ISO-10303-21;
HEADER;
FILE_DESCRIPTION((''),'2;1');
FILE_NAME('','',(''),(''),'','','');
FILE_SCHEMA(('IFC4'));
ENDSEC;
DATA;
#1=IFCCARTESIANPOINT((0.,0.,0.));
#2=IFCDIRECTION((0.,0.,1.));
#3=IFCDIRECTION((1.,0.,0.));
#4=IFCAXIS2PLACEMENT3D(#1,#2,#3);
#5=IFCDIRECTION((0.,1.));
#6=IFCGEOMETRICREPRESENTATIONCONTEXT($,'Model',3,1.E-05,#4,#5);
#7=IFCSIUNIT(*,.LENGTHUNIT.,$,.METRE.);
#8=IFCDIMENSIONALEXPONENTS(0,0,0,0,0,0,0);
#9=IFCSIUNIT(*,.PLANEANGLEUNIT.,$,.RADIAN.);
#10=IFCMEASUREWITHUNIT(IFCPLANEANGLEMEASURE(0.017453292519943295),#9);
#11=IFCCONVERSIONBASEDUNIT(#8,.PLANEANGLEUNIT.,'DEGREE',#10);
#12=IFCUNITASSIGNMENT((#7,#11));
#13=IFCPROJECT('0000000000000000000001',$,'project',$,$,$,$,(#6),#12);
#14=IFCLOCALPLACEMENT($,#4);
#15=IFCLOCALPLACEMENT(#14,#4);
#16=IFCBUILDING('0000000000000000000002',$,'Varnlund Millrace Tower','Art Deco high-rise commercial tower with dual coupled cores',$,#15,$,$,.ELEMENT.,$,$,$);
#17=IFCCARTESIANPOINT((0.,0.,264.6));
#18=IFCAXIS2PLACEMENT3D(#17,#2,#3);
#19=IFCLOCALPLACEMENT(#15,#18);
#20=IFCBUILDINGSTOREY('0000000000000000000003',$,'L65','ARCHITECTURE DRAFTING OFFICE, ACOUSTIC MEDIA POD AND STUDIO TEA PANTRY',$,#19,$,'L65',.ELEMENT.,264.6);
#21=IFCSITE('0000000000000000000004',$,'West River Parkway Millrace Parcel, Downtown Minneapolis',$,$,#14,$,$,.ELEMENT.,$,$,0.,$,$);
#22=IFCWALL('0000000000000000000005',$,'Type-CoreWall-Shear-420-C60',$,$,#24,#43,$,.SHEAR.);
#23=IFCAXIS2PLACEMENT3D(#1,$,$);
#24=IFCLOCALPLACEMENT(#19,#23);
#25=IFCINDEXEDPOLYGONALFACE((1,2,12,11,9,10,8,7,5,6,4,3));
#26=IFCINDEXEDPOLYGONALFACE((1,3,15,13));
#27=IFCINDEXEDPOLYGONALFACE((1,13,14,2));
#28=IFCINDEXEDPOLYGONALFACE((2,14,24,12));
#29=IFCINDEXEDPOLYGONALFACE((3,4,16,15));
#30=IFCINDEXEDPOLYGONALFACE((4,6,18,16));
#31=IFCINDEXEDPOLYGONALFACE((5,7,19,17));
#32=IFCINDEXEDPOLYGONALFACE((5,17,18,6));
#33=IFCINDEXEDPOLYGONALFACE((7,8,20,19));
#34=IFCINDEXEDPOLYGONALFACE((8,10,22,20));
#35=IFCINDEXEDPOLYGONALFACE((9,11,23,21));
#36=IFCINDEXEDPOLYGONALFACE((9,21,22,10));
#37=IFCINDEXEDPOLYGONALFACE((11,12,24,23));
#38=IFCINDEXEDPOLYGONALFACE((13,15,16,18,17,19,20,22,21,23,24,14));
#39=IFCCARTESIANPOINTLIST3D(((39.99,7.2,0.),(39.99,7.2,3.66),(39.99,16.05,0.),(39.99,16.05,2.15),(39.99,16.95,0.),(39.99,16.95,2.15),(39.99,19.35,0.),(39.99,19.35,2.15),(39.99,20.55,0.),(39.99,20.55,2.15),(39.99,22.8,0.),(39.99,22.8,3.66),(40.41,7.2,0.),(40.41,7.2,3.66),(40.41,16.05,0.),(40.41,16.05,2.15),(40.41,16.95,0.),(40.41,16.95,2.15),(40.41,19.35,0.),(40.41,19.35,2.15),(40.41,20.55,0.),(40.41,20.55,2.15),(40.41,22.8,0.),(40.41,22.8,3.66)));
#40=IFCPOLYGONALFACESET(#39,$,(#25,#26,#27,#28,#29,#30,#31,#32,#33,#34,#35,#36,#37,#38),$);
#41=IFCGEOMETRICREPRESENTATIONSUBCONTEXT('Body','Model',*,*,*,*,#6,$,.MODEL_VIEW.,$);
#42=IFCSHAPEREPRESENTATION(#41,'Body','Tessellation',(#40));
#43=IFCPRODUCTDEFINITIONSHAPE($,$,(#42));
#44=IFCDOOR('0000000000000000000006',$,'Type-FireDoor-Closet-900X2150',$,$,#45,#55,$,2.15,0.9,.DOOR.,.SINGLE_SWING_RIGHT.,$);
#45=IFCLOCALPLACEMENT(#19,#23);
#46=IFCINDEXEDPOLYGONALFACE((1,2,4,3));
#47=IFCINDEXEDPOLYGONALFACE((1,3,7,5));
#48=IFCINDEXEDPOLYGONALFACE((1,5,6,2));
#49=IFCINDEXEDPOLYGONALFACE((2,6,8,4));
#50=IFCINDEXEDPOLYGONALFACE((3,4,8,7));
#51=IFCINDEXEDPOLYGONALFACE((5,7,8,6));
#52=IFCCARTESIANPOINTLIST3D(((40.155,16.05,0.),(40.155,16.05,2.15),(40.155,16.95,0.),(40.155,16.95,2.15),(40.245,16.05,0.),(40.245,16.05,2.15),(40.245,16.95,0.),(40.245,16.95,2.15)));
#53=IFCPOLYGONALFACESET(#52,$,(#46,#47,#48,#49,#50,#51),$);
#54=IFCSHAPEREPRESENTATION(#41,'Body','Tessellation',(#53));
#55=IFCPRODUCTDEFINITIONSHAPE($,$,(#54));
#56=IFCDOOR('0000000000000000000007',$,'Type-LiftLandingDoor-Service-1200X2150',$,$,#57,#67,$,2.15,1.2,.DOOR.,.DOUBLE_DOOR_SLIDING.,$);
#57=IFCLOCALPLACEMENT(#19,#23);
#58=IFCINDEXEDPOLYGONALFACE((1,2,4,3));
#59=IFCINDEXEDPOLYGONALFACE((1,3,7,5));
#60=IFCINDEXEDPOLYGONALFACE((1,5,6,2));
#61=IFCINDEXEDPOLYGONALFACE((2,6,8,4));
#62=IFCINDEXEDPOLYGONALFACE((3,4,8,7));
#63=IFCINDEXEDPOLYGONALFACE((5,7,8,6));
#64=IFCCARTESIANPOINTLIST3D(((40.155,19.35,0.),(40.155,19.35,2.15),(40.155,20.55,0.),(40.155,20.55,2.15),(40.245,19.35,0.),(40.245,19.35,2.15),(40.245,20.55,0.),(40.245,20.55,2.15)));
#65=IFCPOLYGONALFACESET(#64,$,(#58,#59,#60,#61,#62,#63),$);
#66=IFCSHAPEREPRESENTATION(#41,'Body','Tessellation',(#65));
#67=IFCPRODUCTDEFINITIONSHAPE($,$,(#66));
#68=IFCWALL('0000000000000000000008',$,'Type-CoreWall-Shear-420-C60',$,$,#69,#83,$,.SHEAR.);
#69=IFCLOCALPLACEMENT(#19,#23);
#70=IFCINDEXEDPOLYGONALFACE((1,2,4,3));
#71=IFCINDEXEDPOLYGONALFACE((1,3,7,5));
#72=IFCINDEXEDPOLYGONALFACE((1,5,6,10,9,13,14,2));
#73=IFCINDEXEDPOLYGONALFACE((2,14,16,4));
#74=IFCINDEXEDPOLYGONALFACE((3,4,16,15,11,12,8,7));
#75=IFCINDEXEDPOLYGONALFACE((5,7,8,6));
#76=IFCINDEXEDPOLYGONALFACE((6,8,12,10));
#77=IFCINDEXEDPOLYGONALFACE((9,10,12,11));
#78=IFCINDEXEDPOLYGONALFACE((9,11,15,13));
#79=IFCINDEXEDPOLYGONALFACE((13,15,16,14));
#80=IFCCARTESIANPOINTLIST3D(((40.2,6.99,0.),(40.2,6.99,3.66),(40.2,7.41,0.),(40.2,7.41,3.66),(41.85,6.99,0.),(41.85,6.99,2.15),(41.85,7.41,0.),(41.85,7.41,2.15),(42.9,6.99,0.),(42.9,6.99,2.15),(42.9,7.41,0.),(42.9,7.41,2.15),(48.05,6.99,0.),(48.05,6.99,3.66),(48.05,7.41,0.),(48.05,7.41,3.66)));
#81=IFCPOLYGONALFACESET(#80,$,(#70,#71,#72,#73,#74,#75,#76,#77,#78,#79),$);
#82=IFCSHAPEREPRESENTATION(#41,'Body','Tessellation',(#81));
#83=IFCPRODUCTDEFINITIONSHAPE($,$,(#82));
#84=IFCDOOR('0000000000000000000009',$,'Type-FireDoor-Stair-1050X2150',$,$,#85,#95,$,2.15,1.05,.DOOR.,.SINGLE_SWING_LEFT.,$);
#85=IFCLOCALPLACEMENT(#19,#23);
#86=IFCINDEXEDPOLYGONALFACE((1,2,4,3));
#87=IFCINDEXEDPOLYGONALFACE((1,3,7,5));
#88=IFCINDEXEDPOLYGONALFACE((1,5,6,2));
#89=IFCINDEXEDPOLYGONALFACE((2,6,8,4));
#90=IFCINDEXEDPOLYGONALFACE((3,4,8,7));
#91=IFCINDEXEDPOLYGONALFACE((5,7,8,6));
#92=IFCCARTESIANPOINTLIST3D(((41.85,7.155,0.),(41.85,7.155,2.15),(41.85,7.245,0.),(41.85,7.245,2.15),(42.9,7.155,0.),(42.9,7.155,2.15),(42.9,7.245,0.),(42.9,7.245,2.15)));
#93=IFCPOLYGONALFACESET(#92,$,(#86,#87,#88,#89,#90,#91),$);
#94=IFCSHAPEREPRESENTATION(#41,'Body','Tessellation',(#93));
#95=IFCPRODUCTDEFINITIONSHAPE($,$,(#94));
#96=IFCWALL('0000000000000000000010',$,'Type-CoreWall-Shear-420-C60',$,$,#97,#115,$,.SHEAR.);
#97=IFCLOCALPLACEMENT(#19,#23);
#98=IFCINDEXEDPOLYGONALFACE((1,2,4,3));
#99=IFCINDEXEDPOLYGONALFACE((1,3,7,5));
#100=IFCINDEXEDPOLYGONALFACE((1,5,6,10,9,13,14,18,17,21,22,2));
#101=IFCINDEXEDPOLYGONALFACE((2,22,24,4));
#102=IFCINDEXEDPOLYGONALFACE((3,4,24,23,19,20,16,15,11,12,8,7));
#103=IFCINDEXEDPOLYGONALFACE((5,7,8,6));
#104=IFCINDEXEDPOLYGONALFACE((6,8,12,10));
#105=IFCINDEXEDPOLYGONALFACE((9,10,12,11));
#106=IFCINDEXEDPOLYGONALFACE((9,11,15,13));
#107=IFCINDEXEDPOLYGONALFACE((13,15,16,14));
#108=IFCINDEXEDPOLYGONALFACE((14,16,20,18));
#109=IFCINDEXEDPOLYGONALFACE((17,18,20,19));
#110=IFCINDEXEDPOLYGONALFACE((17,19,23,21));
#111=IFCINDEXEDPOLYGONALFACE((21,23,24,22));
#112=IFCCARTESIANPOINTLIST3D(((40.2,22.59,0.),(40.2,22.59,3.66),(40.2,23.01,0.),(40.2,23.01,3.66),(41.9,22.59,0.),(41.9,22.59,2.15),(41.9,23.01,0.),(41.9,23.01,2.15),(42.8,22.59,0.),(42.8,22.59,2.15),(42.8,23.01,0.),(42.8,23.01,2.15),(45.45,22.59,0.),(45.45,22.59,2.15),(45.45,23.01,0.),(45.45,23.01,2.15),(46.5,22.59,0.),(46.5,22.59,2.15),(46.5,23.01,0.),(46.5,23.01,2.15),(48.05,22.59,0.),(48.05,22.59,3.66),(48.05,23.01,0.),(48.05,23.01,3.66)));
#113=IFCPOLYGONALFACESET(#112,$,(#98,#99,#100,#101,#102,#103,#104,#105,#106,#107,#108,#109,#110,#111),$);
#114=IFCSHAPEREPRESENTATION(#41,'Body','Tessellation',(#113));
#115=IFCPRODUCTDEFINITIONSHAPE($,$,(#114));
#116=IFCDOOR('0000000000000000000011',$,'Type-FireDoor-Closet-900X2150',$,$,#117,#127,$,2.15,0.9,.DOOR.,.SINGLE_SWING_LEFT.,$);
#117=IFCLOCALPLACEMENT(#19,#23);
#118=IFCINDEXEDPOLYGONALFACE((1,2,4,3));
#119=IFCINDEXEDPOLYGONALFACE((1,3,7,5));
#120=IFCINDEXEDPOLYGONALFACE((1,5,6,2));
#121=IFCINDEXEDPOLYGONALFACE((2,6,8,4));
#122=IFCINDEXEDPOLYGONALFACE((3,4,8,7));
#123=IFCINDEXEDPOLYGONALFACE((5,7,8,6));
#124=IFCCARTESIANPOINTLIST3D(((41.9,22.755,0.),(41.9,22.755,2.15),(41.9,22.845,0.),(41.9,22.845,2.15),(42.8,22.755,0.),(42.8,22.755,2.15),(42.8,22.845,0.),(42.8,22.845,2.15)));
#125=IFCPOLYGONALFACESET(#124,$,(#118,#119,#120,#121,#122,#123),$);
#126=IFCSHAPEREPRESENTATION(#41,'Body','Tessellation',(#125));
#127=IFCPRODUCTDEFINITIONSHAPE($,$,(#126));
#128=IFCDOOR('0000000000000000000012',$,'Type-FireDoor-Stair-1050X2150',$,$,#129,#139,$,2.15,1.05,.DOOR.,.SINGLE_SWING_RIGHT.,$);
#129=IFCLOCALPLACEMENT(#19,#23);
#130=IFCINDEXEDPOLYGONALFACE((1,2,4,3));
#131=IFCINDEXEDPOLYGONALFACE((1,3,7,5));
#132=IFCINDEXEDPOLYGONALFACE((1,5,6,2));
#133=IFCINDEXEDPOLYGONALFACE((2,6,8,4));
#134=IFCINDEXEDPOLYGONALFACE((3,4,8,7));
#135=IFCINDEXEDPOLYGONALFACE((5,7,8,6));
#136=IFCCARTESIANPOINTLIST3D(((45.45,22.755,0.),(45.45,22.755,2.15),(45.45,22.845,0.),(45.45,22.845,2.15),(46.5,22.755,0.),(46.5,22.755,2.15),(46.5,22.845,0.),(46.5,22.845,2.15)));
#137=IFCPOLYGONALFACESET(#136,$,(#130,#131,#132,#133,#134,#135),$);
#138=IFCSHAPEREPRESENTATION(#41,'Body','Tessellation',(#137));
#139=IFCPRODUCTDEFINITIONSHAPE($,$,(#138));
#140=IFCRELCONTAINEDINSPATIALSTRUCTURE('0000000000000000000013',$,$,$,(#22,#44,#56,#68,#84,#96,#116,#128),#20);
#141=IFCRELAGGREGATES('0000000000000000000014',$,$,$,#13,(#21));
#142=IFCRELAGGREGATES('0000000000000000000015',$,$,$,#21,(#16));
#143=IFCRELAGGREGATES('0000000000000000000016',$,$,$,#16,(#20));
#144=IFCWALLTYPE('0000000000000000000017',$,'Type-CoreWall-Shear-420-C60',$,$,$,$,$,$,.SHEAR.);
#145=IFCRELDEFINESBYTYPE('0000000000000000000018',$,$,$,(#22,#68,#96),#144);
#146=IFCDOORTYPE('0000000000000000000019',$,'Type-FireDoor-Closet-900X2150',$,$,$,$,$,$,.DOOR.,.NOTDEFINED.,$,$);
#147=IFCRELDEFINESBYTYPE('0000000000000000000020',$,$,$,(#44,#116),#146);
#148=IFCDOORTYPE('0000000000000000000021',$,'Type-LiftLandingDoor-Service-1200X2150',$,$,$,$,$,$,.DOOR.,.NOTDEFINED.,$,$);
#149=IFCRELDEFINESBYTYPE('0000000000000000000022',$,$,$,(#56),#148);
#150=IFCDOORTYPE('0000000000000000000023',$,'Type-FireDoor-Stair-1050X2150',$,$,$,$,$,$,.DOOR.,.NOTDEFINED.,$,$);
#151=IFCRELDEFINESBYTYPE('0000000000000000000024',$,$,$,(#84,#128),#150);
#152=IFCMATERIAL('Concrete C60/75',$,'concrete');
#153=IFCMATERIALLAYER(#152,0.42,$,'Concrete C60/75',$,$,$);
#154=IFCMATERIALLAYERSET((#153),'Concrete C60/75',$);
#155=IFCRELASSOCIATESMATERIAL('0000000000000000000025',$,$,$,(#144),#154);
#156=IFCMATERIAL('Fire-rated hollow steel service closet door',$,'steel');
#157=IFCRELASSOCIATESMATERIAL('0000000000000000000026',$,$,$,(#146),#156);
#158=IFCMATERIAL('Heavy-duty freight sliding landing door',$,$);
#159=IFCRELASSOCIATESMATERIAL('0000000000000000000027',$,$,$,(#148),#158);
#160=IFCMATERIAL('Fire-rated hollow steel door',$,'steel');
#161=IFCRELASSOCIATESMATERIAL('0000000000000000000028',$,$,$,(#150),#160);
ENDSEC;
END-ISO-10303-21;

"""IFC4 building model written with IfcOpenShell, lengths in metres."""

from ifc_helpers import new_model, entity, si_unit, converted_unit, direction, frame, origin_with_axes, origin_2d_with_axis, place, context, subcontext, project, spatial, polyline, rectangle, outline, extrude, material, layer, layer_set, type_object, element, fill, save


model = new_model("IFC4")

# Units and contexts
model_context = context("Model", 3, precision=1e-05, world=origin_with_axes(), true_north=direction((0.0, 1.0)))
body_context = subcontext(model_context, "Body", "Model", "MODEL_VIEW")
ifc_project = project(units=[si_unit("LENGTHUNIT", "METRE"), converted_unit("PLANEANGLEUNIT", "DEGREE", entity("IfcPlaneAngleMeasure", 0.017453292519943295), si_unit("PLANEANGLEUNIT", "RADIAN"), dimensions=[0, 0, 0, 0, 0, 0, 0])], contexts=[model_context])

# Site, building, storey
site_placement = place(None, origin_with_axes())
site = spatial("IfcSite", under=ifc_project, at=site_placement, Name="West River Parkway Millrace Parcel, Downtown Minneapolis", CompositionType="ELEMENT", RefElevation=0.0)
building_placement = place(site_placement, origin_with_axes())
building = spatial("IfcBuilding", under=site, at=building_placement, Name="Varnlund Millrace Tower", Description="Art Deco high-rise commercial tower with dual coupled cores", CompositionType="ELEMENT")
storey_placement = place(building_placement, frame((0.0, 0.0, 264.6), z_axis=(0.0, 0.0, 1.0), x_axis=(1.0, 0.0, 0.0)))
storey = spatial("IfcBuildingStorey", under=building, at=storey_placement, Name="L65", Description="ARCHITECTURE DRAFTING OFFICE, ACOUSTIC MEDIA POD AND STUDIO TEA PANTRY", LongName="L65", CompositionType="ELEMENT", Elevation=264.6)

# Wall, openings, doors
ifc_material_1 = material(Name="Concrete C60/75", Category="concrete")
ifc_layer_1 = layer(ifc_material_1, 0.42, Name="Concrete C60/75")
ifc_layer_set_1 = layer_set([ifc_layer_1], Name="Concrete C60/75")
wall_type_1 = type_object("IfcWallType", Name="Type-CoreWall-Shear-420-C60", PredefinedType="SHEAR", material=ifc_layer_set_1)
wall_1_placement = place(storey_placement, frame((40.2, 7.2, 0.0), z_axis=(0.0, 0.0, 1.0), x_axis=(0.0, 1.0, 0.0)))
wall_1 = element("IfcWall", 1, at=wall_1_placement, inside=storey, type_object=wall_type_1, Name="Type-CoreWall-Shear-420-C60", PredefinedType="SHEAR", context=body_context, shape_type="SweptSolid", body=[
    extrude(outline(polyline([(0.0, -0.21), (15.6, -0.21), (15.6, 0.21), (0.0, 0.21), (0.0, -0.21)])), origin_with_axes(), (0.0, 0.0, 1.0), 3.66),
])
opening_1_placement = place(wall_1_placement, frame((12.75, 0.0, 0.0), z_axis=(0.0, 0.0, 1.0), x_axis=(1.0, 0.0, 0.0)))
opening_1 = element("IfcOpeningElement", 2, at=opening_1_placement, cuts=wall_1, PredefinedType="OPENING", context=body_context, shape_type="SweptSolid", body=[
    extrude(rectangle(XDim=1.2, YDim=0.44, at=origin_2d_with_axis()), origin_with_axes(), (0.0, 0.0, 1.0), 2.15),
])
opening_2_placement = place(wall_1_placement, frame((9.3, 0.0, 0.0), z_axis=(0.0, 0.0, 1.0), x_axis=(1.0, 0.0, 0.0)))
opening_2 = element("IfcOpeningElement", 3, at=opening_2_placement, cuts=wall_1, PredefinedType="OPENING", context=body_context, shape_type="SweptSolid", body=[
    extrude(rectangle(XDim=0.9, YDim=0.44, at=origin_2d_with_axis()), origin_with_axes(), (0.0, 0.0, 1.0), 2.15),
])
ifc_material_2 = material(Name="Fire-rated hollow steel service closet door", Category="steel")
door_type_1 = type_object("IfcDoorType", Name="Type-FireDoor-Closet-900X2150", OperationType="NOTDEFINED", PredefinedType="DOOR", material=ifc_material_2)
door_1_placement = place(wall_1_placement, frame((9.3, 0.0, 0.0), z_axis=(0.0, 0.0, 1.0), x_axis=(1.0, 0.0, 0.0)))
door_1 = element("IfcDoor", 4, at=door_1_placement, inside=storey, type_object=door_type_1, Name="Type-FireDoor-Closet-900X2150", OperationType="SINGLE_SWING_RIGHT", OverallHeight=2.15, OverallWidth=0.9, PredefinedType="DOOR", context=body_context, shape_type="SweptSolid", body=[
    extrude(rectangle(XDim=0.9, YDim=0.09, at=origin_2d_with_axis()), origin_with_axes(), (0.0, 0.0, 1.0), 2.15),
])
fill(opening_2, door_1)
ifc_material_3 = material(Name="Heavy-duty freight sliding landing door")
door_type_2 = type_object("IfcDoorType", Name="Type-LiftLandingDoor-Service-1200X2150", OperationType="NOTDEFINED", PredefinedType="DOOR", material=ifc_material_3)
door_2_placement = place(wall_1_placement, frame((12.75, 0.0, 0.0), z_axis=(0.0, 0.0, 1.0), x_axis=(1.0, 0.0, 0.0)))
door_2 = element("IfcDoor", 5, at=door_2_placement, inside=storey, type_object=door_type_2, Name="Type-LiftLandingDoor-Service-1200X2150", OperationType="DOUBLE_DOOR_SLIDING", OverallHeight=2.15, OverallWidth=1.2, PredefinedType="DOOR", context=body_context, shape_type="SweptSolid", body=[
    extrude(rectangle(XDim=1.2, YDim=0.09, at=origin_2d_with_axis()), origin_with_axes(), (0.0, 0.0, 1.0), 2.15),
])
fill(opening_1, door_2)

# Wall, opening, door
wall_2_placement = place(storey_placement, frame((40.2, 7.2, 0.0), z_axis=(0.0, 0.0, 1.0), x_axis=(1.0, 0.0, 0.0)))
wall_2 = element("IfcWall", 6, at=wall_2_placement, inside=storey, type_object=wall_type_1, Name="Type-CoreWall-Shear-420-C60", PredefinedType="SHEAR", context=body_context, shape_type="SweptSolid", body=[
    extrude(outline(polyline([(0.0, -0.21), (7.85, -0.21), (7.85, 0.21), (0.0, 0.21), (0.0, -0.21)])), origin_with_axes(), (0.0, 0.0, 1.0), 3.66),
])
opening_3_placement = place(wall_2_placement, frame((2.175, 0.0, 0.0), z_axis=(0.0, 0.0, 1.0), x_axis=(1.0, 0.0, 0.0)))
opening_3 = element("IfcOpeningElement", 7, at=opening_3_placement, cuts=wall_2, PredefinedType="OPENING", context=body_context, shape_type="SweptSolid", body=[
    extrude(rectangle(XDim=1.05, YDim=0.44, at=origin_2d_with_axis()), origin_with_axes(), (0.0, 0.0, 1.0), 2.15),
])
ifc_material_4 = material(Name="Fire-rated hollow steel door", Category="steel")
door_type_3 = type_object("IfcDoorType", Name="Type-FireDoor-Stair-1050X2150", OperationType="NOTDEFINED", PredefinedType="DOOR", material=ifc_material_4)
door_3_placement = place(wall_2_placement, frame((2.175, 0.0, 0.0), z_axis=(0.0, 0.0, 1.0), x_axis=(1.0, 0.0, 0.0)))
door_3 = element("IfcDoor", 8, at=door_3_placement, inside=storey, type_object=door_type_3, Name="Type-FireDoor-Stair-1050X2150", OperationType="SINGLE_SWING_LEFT", OverallHeight=2.15, OverallWidth=1.05, PredefinedType="DOOR", context=body_context, shape_type="SweptSolid", body=[
    extrude(rectangle(XDim=1.05, YDim=0.09, at=origin_2d_with_axis()), origin_with_axes(), (0.0, 0.0, 1.0), 2.15),
])
fill(opening_3, door_3)

# Wall, openings, doors
wall_3_placement = place(storey_placement, frame((40.2, 22.8, 0.0), z_axis=(0.0, 0.0, 1.0), x_axis=(1.0, 0.0, 0.0)))
wall_3 = element("IfcWall", 9, at=wall_3_placement, inside=storey, type_object=wall_type_1, Name="Type-CoreWall-Shear-420-C60", PredefinedType="SHEAR", context=body_context, shape_type="SweptSolid", body=[
    extrude(outline(polyline([(0.0, -0.21), (7.85, -0.21), (7.85, 0.21), (0.0, 0.21), (0.0, -0.21)])), origin_with_axes(), (0.0, 0.0, 1.0), 3.66),
])
opening_4_placement = place(wall_3_placement, frame((5.775, 0.0, 0.0), z_axis=(0.0, 0.0, 1.0), x_axis=(1.0, 0.0, 0.0)))
opening_4 = element("IfcOpeningElement", 10, at=opening_4_placement, cuts=wall_3, PredefinedType="OPENING", context=body_context, shape_type="SweptSolid", body=[
    extrude(rectangle(XDim=1.05, YDim=0.44, at=origin_2d_with_axis()), origin_with_axes(), (0.0, 0.0, 1.0), 2.15),
])
opening_5_placement = place(wall_3_placement, frame((2.15, 0.0, 0.0), z_axis=(0.0, 0.0, 1.0), x_axis=(1.0, 0.0, 0.0)))
opening_5 = element("IfcOpeningElement", 11, at=opening_5_placement, cuts=wall_3, PredefinedType="OPENING", context=body_context, shape_type="SweptSolid", body=[
    extrude(rectangle(XDim=0.9, YDim=0.44, at=origin_2d_with_axis()), origin_with_axes(), (0.0, 0.0, 1.0), 2.15),
])
door_4_placement = place(wall_3_placement, frame((2.15, 0.0, 0.0), z_axis=(0.0, 0.0, 1.0), x_axis=(1.0, 0.0, 0.0)))
door_4 = element("IfcDoor", 12, at=door_4_placement, inside=storey, type_object=door_type_1, Name="Type-FireDoor-Closet-900X2150", OperationType="SINGLE_SWING_LEFT", OverallHeight=2.15, OverallWidth=0.9, PredefinedType="DOOR", context=body_context, shape_type="SweptSolid", body=[
    extrude(rectangle(XDim=0.9, YDim=0.09, at=origin_2d_with_axis()), origin_with_axes(), (0.0, 0.0, 1.0), 2.15),
])
fill(opening_5, door_4)
door_5_placement = place(wall_3_placement, frame((5.775, 0.0, 0.0), z_axis=(0.0, 0.0, 1.0), x_axis=(1.0, 0.0, 0.0)))
door_5 = element("IfcDoor", 13, at=door_5_placement, inside=storey, type_object=door_type_3, Name="Type-FireDoor-Stair-1050X2150", OperationType="SINGLE_SWING_RIGHT", OverallHeight=2.15, OverallWidth=1.05, PredefinedType="DOOR", context=body_context, shape_type="SweptSolid", body=[
    extrude(rectangle(XDim=1.05, YDim=0.09, at=origin_2d_with_axis()), origin_with_axes(), (0.0, 0.0, 1.0), 2.15),
])
fill(opening_4, door_5)

save(model, "model.ifc")
